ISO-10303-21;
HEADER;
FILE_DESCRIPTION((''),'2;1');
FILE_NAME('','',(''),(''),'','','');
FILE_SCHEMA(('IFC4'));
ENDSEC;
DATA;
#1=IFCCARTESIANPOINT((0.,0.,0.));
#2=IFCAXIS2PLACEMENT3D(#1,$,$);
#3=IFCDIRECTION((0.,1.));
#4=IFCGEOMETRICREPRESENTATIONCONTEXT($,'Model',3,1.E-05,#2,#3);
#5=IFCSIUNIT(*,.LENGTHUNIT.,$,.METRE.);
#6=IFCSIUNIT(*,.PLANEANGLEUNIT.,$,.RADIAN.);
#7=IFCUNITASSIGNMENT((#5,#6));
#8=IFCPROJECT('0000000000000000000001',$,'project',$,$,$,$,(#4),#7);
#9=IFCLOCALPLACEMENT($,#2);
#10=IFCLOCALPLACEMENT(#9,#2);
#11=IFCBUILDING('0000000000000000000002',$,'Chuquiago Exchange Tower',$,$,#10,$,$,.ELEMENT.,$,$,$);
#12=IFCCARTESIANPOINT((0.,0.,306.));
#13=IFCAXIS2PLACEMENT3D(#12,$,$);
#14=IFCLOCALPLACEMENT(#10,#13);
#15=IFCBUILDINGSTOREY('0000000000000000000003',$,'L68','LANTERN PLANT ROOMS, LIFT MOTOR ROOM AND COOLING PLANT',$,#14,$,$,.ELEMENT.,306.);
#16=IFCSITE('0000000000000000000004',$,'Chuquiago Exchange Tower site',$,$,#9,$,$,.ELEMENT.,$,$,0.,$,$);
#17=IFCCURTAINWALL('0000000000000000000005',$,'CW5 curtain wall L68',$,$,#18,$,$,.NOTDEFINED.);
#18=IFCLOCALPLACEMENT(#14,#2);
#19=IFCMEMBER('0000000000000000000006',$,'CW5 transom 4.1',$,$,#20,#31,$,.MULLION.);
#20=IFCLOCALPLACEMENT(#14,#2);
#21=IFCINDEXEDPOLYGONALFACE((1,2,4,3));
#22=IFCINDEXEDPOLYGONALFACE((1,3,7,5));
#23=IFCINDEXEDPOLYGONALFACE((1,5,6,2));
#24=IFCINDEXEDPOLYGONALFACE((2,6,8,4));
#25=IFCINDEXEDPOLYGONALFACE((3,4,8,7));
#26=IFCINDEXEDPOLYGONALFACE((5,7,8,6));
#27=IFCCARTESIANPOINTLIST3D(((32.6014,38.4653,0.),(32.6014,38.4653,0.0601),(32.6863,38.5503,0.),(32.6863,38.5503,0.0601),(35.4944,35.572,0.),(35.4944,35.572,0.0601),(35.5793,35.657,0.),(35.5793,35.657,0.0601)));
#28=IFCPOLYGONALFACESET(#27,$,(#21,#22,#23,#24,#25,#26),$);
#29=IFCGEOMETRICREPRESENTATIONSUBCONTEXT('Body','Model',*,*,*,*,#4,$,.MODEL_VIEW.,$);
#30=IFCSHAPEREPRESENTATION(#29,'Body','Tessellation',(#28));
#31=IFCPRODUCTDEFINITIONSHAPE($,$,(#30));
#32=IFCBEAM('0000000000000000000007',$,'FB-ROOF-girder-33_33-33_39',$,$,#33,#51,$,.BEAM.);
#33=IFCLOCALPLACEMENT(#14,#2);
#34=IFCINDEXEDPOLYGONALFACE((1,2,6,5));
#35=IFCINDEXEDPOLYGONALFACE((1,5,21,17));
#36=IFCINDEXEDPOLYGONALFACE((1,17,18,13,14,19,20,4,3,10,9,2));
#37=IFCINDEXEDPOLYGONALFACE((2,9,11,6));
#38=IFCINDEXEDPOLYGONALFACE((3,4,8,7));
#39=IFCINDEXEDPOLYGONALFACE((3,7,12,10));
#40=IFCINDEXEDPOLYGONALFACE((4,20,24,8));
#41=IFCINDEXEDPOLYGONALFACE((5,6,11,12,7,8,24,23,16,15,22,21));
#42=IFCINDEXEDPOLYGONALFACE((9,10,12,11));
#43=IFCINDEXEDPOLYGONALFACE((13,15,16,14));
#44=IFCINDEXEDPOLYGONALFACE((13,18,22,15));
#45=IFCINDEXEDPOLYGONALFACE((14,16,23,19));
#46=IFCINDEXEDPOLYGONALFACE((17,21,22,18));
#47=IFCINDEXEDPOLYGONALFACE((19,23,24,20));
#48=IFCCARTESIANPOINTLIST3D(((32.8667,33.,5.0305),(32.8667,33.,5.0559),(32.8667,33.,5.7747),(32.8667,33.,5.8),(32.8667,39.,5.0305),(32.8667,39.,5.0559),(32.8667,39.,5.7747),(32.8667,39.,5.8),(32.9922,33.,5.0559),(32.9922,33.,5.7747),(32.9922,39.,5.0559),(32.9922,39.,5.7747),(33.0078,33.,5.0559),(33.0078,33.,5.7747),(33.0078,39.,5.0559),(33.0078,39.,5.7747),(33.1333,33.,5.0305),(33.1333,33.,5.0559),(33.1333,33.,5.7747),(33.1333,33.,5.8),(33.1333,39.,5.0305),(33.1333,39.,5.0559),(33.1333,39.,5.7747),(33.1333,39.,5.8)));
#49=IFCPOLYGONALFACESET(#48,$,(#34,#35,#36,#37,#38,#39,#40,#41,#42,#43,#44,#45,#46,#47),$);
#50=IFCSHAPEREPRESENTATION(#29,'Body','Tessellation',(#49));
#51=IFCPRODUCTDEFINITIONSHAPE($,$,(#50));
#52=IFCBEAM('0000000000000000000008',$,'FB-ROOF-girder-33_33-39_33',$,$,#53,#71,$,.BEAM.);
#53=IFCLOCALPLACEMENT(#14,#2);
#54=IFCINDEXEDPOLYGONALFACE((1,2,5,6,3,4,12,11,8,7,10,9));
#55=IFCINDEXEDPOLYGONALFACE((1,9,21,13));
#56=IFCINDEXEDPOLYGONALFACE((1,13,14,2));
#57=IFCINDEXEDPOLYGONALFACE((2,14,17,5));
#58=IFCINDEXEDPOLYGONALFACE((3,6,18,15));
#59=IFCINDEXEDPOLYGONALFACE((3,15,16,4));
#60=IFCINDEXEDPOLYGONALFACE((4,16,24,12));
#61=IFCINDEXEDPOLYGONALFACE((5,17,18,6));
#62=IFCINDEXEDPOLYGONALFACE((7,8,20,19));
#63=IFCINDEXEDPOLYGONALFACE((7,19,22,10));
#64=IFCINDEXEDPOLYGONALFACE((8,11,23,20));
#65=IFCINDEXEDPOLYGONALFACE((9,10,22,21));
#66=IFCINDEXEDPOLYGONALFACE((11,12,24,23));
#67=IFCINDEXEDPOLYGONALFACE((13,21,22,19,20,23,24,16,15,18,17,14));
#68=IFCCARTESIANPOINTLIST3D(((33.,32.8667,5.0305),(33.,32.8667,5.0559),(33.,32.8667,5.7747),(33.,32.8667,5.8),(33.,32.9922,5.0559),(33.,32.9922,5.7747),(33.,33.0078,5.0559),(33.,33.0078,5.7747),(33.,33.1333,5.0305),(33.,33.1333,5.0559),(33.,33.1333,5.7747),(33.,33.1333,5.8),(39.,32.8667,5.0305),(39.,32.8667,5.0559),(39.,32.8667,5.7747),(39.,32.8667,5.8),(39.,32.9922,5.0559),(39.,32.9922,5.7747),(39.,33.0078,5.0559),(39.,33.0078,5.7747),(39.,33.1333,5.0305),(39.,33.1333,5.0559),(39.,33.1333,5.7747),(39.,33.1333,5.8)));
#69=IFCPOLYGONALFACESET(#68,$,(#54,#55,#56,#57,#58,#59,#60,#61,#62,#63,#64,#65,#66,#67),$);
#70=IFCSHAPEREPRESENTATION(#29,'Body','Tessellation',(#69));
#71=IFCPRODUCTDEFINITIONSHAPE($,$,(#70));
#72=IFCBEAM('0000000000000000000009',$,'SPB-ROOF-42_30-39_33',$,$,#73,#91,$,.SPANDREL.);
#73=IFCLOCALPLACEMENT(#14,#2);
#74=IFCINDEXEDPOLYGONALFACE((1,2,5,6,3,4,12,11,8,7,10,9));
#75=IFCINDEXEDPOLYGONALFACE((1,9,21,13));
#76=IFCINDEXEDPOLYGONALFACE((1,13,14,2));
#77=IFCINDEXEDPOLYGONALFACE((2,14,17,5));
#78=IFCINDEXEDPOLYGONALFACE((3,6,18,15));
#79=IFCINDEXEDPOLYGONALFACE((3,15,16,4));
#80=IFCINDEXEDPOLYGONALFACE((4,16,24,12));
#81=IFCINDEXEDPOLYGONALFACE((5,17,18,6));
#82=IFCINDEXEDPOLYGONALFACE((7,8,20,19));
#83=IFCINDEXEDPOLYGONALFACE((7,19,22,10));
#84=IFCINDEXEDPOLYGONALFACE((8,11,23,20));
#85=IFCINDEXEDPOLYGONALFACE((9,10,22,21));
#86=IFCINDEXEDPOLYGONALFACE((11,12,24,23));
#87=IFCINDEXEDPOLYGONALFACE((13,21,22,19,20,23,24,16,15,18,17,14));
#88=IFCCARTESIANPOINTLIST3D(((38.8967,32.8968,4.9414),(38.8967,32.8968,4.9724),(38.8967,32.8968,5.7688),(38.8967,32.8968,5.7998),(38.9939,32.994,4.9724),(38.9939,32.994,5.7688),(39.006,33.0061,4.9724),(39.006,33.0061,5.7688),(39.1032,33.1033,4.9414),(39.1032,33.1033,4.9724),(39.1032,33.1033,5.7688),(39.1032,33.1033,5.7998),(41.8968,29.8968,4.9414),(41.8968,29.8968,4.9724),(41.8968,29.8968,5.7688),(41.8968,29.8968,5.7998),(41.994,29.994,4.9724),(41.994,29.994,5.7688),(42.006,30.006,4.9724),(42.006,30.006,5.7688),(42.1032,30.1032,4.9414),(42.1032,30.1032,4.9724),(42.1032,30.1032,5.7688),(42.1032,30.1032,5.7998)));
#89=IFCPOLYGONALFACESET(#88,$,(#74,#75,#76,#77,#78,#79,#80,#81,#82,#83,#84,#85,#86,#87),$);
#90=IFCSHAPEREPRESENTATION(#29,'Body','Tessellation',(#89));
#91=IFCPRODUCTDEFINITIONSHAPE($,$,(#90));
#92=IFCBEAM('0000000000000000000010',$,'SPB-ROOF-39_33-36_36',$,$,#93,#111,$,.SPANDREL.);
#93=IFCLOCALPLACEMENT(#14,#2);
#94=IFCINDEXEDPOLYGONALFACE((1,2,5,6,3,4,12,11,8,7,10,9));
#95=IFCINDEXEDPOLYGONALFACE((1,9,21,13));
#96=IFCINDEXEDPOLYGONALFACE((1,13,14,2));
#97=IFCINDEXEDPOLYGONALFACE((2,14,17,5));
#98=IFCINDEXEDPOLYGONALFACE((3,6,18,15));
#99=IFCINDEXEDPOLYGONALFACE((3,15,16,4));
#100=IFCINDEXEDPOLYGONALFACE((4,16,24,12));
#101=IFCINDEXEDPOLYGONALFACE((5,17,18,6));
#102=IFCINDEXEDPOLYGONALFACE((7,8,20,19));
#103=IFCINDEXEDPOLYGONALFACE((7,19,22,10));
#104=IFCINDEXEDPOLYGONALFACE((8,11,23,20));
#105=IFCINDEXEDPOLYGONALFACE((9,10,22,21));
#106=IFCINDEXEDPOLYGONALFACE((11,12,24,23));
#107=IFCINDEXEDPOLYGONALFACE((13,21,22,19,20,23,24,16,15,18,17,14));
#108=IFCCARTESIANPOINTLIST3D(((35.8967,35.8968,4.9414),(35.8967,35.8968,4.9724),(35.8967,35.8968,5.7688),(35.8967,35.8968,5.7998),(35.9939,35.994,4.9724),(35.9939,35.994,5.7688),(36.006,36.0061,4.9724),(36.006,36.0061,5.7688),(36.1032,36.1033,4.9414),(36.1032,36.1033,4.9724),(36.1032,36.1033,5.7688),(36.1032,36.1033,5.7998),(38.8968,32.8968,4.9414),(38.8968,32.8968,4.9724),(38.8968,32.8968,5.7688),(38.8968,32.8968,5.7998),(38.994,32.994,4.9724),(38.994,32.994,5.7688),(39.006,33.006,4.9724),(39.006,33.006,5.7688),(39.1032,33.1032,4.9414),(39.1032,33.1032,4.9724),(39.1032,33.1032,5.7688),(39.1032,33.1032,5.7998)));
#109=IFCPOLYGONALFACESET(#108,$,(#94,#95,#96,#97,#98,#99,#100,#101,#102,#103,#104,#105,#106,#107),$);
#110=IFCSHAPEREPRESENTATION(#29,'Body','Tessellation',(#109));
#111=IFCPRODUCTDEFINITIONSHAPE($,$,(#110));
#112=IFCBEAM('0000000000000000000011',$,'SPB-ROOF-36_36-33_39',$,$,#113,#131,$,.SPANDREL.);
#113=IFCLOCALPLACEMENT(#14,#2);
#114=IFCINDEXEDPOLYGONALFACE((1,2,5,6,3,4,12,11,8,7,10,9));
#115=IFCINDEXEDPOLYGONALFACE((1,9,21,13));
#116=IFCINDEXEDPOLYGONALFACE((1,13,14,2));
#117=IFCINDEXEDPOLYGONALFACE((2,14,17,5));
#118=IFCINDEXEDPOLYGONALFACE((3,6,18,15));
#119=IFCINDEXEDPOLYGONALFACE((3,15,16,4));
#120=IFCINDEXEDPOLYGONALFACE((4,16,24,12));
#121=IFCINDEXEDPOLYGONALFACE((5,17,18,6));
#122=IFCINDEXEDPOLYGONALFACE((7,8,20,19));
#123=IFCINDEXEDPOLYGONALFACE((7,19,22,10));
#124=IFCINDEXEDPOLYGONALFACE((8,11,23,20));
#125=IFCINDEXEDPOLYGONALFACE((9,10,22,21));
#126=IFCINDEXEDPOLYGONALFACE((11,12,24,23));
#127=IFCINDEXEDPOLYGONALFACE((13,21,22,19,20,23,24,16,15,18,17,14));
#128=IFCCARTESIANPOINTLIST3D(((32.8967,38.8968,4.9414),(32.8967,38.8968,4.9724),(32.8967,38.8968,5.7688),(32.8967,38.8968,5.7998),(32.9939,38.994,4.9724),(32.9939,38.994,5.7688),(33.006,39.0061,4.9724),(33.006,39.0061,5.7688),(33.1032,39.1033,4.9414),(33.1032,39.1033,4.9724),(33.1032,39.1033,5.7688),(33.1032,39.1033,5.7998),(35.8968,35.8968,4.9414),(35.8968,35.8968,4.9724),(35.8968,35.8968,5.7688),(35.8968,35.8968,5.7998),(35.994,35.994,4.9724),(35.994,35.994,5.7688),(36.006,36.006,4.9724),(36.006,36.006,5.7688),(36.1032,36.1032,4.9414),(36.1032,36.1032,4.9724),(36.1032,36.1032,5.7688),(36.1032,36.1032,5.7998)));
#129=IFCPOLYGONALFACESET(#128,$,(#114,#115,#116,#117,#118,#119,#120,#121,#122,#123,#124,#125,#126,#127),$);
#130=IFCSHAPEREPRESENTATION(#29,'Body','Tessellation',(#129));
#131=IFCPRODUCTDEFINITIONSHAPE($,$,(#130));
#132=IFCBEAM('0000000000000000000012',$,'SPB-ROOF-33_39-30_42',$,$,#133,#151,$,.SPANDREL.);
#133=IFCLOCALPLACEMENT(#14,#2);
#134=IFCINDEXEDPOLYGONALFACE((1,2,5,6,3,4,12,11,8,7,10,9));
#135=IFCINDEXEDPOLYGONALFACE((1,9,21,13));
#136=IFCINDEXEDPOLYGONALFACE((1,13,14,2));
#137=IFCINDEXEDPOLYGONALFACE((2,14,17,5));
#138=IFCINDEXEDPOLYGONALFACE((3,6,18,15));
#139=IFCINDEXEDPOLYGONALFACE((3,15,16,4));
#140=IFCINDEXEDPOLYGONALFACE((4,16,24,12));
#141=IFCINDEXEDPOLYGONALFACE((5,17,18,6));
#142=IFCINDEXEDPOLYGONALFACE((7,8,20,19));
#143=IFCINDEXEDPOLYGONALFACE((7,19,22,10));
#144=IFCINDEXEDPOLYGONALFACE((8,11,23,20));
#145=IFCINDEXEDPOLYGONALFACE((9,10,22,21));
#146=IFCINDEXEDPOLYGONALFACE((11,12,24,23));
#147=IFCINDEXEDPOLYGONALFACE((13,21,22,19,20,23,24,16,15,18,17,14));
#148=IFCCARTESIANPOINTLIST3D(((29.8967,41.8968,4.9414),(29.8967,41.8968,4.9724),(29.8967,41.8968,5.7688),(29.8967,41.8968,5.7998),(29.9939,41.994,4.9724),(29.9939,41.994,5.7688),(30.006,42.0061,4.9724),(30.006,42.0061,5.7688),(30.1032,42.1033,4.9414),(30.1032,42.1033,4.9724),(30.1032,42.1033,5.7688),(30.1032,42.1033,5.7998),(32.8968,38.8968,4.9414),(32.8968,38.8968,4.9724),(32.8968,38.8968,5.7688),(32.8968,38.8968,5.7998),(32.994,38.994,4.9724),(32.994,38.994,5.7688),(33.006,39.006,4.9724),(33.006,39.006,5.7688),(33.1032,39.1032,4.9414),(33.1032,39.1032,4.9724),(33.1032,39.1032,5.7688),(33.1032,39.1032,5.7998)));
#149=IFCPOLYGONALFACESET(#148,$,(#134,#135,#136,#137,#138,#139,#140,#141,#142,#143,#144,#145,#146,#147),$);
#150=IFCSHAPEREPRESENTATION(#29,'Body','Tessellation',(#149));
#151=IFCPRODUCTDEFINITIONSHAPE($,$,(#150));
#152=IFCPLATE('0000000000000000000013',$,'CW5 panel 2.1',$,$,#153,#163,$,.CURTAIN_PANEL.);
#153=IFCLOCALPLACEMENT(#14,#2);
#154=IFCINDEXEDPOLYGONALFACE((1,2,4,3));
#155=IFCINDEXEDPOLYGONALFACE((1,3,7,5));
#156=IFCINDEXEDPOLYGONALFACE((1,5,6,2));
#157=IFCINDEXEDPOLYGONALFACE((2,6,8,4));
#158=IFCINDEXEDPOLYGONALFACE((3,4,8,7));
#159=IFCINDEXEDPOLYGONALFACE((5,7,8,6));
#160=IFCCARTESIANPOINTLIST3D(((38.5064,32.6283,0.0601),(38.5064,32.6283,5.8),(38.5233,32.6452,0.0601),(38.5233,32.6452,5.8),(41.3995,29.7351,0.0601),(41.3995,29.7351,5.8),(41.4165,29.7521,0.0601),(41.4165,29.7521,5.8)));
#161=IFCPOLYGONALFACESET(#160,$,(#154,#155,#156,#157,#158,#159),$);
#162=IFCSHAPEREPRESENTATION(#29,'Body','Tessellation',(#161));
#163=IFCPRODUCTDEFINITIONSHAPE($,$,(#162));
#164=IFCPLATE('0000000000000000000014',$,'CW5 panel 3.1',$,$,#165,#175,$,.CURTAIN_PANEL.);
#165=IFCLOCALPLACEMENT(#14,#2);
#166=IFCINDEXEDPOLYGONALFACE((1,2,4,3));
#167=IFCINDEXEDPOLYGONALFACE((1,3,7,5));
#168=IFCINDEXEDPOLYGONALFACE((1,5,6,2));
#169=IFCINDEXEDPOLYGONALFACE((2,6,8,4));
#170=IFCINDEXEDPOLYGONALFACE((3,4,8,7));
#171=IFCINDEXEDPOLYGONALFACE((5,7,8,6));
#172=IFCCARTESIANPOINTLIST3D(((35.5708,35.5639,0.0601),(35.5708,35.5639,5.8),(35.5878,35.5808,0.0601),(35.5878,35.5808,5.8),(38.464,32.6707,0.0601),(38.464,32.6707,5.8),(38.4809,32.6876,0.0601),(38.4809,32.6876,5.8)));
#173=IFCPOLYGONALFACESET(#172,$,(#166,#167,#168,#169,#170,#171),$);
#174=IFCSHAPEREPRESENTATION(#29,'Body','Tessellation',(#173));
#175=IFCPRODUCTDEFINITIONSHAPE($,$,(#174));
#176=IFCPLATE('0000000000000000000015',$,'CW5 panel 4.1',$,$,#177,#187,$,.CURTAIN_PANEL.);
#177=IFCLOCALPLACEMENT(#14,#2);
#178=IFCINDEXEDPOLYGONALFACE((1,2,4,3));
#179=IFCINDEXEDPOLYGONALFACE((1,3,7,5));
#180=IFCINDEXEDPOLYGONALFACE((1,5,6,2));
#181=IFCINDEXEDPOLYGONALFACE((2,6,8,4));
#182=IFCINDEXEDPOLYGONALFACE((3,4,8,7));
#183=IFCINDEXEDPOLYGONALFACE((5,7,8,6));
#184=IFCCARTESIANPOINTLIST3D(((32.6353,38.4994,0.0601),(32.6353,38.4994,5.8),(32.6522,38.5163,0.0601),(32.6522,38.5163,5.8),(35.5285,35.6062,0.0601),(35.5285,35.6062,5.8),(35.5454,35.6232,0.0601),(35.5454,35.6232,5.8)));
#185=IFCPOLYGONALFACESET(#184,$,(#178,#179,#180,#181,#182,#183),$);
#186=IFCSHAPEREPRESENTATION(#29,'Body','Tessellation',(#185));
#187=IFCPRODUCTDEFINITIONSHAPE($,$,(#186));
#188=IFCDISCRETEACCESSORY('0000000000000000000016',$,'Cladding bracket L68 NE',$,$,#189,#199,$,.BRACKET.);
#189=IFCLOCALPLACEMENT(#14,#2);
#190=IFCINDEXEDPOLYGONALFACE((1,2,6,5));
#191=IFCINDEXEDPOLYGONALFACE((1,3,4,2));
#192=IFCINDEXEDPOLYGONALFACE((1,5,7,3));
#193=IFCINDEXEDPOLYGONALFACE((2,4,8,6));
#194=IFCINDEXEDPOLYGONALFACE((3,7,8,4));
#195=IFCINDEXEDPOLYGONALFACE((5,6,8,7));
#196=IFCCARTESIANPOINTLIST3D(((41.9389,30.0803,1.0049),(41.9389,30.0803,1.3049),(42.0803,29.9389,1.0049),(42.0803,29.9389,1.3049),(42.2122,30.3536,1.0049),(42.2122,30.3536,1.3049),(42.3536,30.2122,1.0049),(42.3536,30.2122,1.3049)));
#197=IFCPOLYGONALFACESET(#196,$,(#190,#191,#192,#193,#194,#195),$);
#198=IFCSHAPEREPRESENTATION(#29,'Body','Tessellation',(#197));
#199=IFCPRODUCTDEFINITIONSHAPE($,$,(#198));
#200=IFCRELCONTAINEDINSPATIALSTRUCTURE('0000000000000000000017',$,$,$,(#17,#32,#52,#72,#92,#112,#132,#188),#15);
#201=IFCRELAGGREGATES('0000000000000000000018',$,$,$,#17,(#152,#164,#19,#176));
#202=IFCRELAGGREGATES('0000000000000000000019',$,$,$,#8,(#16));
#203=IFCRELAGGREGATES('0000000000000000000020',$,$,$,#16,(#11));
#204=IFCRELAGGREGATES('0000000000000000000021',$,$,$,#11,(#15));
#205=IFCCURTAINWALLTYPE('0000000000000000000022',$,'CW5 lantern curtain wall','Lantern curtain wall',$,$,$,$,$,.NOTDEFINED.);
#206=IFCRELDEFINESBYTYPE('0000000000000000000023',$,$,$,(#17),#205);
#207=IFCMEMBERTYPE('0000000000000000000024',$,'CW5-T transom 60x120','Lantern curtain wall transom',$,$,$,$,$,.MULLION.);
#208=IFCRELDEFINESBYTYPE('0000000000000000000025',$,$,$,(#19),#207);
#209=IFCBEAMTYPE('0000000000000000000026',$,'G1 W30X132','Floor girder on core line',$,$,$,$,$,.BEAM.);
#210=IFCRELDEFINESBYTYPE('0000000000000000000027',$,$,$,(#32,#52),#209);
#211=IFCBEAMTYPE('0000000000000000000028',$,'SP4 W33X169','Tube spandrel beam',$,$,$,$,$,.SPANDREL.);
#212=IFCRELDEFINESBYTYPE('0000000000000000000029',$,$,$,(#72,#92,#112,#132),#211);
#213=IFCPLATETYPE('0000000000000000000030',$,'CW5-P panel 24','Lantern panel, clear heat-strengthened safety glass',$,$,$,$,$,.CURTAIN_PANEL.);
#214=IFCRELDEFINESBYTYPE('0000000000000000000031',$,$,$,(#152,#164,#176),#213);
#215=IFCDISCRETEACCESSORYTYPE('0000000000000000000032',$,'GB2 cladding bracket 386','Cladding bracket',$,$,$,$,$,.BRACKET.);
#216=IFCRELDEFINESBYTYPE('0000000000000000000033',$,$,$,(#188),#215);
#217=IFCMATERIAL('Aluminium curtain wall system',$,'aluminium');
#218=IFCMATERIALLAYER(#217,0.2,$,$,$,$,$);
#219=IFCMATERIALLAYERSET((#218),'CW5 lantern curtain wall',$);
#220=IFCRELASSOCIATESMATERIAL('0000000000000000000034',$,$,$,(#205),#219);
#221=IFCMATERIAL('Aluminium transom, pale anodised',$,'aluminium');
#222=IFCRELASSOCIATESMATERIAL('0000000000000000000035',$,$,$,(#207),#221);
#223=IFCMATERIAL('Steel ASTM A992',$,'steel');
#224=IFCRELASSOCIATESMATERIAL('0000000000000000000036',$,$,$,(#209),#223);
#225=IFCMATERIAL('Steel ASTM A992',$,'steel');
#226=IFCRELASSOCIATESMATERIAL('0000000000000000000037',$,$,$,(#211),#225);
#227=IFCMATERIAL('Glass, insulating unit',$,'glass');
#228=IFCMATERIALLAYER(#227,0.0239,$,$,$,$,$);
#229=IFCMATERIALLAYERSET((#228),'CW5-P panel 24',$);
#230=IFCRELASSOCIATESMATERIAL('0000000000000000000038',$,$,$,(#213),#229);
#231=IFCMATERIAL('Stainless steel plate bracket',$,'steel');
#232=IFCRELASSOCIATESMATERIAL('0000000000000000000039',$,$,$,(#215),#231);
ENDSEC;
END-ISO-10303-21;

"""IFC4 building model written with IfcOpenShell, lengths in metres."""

from ifc_helpers import new_model, si_unit, direction, frame, origin, origin_2d, place, context, subcontext, project, spatial, rectangle, i_section, extrude, material, layer, layer_set, material_profile, profile_set, type_object, element, aggregate, save


model = new_model("IFC4")

# Units and contexts
model_context = context("Model", 3, precision=1e-05, world=origin(), true_north=direction((0.0, 1.0)))
body_context = subcontext(model_context, "Body", "Model", "MODEL_VIEW")
ifc_project = project(units=[si_unit("LENGTHUNIT", "METRE"), si_unit("PLANEANGLEUNIT", "RADIAN")], contexts=[model_context])

# Site, building, storey
site_placement = place(None, origin())
site = spatial("IfcSite", under=ifc_project, at=site_placement, Name="Chuquiago Exchange Tower site", CompositionType="ELEMENT", RefElevation=0.0)
building_placement = place(site_placement, origin())
building = spatial("IfcBuilding", under=site, at=building_placement, Name="Chuquiago Exchange Tower", CompositionType="ELEMENT")
storey_placement = place(building_placement, frame((0.0, 0.0, 306.0)))
storey = spatial("IfcBuildingStorey", under=building, at=storey_placement, Name="L68", Description="LANTERN PLANT ROOMS, LIFT MOTOR ROOM AND COOLING PLANT", CompositionType="ELEMENT", Elevation=306.0)

# Curtain wall, member
ifc_material_1 = material(Name="Aluminium curtain wall system", Category="aluminium")
ifc_layer_1 = layer(ifc_material_1, 0.2)
ifc_layer_set_1 = layer_set([ifc_layer_1], Name="CW5 lantern curtain wall")
curtain_wall_type = type_object("IfcCurtainWallType", Name="CW5 lantern curtain wall", Description="Lantern curtain wall", PredefinedType="NOTDEFINED", material=ifc_layer_set_1)
curtain_wall_placement = place(storey_placement, origin())
curtain_wall = element("IfcCurtainWall", 1, at=curtain_wall_placement, inside=storey, type_object=curtain_wall_type, Name="CW5 curtain wall L68", PredefinedType="NOTDEFINED")
ifc_material_2 = material(Name="Aluminium transom, pale anodised", Category="aluminium")
ifc_material_profile_1 = material_profile(ifc_material_2, rectangle(XDim=0.1201, YDim=0.0601, at=origin_2d()), Name="AL 120x60")
ifc_profile_set_1 = profile_set([ifc_material_profile_1], Name="Aluminium transom, pale anodised")
member_type_1 = type_object("IfcMemberType", Name="CW5-T transom 60x120", Description="Lantern curtain wall transom", PredefinedType="MULLION", material=ifc_profile_set_1)
member_1_placement = place(storey_placement, frame((35.5369, 35.6145, 0.03), z_axis=(-0.707077, 0.707137, 0.0), x_axis=(-0.707137, -0.707077, 0.0)))
member_1 = element("IfcMember", 2, at=member_1_placement, type_object=member_type_1, Name="CW5 transom 4.1", PredefinedType="MULLION", context=body_context, shape_type="SweptSolid", body=[
    extrude(rectangle(XDim=0.1201, YDim=0.0601, at=origin_2d()), origin(), (0.0, 0.0, 1.0), 4.0916),
])

# Beams
ifc_material_3 = material(Name="Steel ASTM A992", Category="steel")
ifc_material_profile_2 = material_profile(ifc_material_3, i_section(OverallWidth=0.2666, OverallDepth=0.7695, WebThickness=0.0156, FlangeThickness=0.0254, at=origin_2d()), Name="W30X132")
ifc_profile_set_2 = profile_set([ifc_material_profile_2], Name="Steel ASTM A992")
beam_type_1 = type_object("IfcBeamType", Name="G1 W30X132", Description="Floor girder on core line", PredefinedType="BEAM", material=ifc_profile_set_2)
for number, where, z_axis, x_axis, name in (
    (3, (33.0, 33.0, 5.4153), (0.0, 1.0, 0.0), (-1.0, 0.0, 0.0), "FB-ROOF-girder-33_33-33_39"),
    (4, (33.0, 33.0, 5.4153), (1.0, 0.0, 0.0), (0.0, 1.0, 0.0), "FB-ROOF-girder-33_33-39_33"),
):
    element("IfcBeam", number, at=place(storey_placement, frame(where, z_axis=z_axis, x_axis=x_axis)), inside=storey, type_object=beam_type_1, Name=name, PredefinedType="BEAM", context=body_context, shape_type="SweptSolid", body=[
        extrude(i_section(OverallWidth=0.2666, OverallDepth=0.7695, WebThickness=0.0156, FlangeThickness=0.0254, at=origin_2d()), origin(), (0.0, 0.0, 1.0), 6.0),
    ])
ifc_material_4 = material(Name="Steel ASTM A992", Category="steel")
ifc_material_profile_3 = material_profile(ifc_material_4, i_section(OverallWidth=0.292, OverallDepth=0.8584, WebThickness=0.0171, FlangeThickness=0.031, at=origin_2d()), Name="W33X169")
ifc_profile_set_3 = profile_set([ifc_material_profile_3], Name="Steel ASTM A992")
beam_type_2 = type_object("IfcBeamType", Name="SP4 W33X169", Description="Tube spandrel beam", PredefinedType="SPANDREL", material=ifc_profile_set_3)
for number, where, z_axis, x_axis, name in (
    (5, (42.0, 30.0, 5.3706), (-0.707107, 0.707107, 0.0), (-0.707107, -0.707107, 0.0), "SPB-ROOF-42_30-39_33"),
    (6, (39.0, 33.0, 5.3706), (-0.707107, 0.707107, 0.0), (-0.707107, -0.707107, 0.0), "SPB-ROOF-39_33-36_36"),
    (7, (36.0, 36.0, 5.3706), (-0.707107, 0.707107, 0.0), (-0.707107, -0.707107, 0.0), "SPB-ROOF-36_36-33_39"),
    (8, (33.0, 39.0, 5.3706), (-0.707107, 0.707107, 0.0), (-0.707107, -0.707107, 0.0), "SPB-ROOF-33_39-30_42"),
):
    element("IfcBeam", number, at=place(storey_placement, frame(where, z_axis=z_axis, x_axis=x_axis)), inside=storey, type_object=beam_type_2, Name=name, PredefinedType="SPANDREL", context=body_context, shape_type="SweptSolid", body=[
        extrude(i_section(OverallWidth=0.292, OverallDepth=0.8584, WebThickness=0.0171, FlangeThickness=0.031, at=origin_2d()), origin(), (0.0, 0.0, 1.0), 4.2427),
    ])

# Plates
ifc_material_5 = material(Name="Glass, insulating unit", Category="glass")
ifc_layer_2 = layer(ifc_material_5, 0.0239)
ifc_layer_set_2 = layer_set([ifc_layer_2], Name="CW5-P panel 24")
plate_type = type_object("IfcPlateType", Name="CW5-P panel 24", Description="Lantern panel, clear heat-strengthened safety glass", PredefinedType="CURTAIN_PANEL", material=ifc_layer_set_2)
plate_1_placement = place(storey_placement, frame((39.9614, 31.1902, 0.0601), z_axis=(0.0, 0.0, 1.0), x_axis=(-0.707105, 0.707109, 0.0)))
plate_1 = element("IfcPlate", 9, at=plate_1_placement, type_object=plate_type, Name="CW5 panel 2.1", PredefinedType="CURTAIN_PANEL", context=body_context, shape_type="SweptSolid", body=[
    extrude(rectangle(XDim=4.0916, YDim=0.0239, at=origin_2d()), origin(), (0.0, 0.0, 1.0), 5.74),
])
plate_2_placement = place(storey_placement, frame((37.0259, 34.1257, 0.0601), z_axis=(0.0, 0.0, 1.0), x_axis=(-0.707105, 0.707109, 0.0)))
plate_2 = element("IfcPlate", 10, at=plate_2_placement, type_object=plate_type, Name="CW5 panel 3.1", PredefinedType="CURTAIN_PANEL", context=body_context, shape_type="SweptSolid", body=[
    extrude(rectangle(XDim=4.0916, YDim=0.0239, at=origin_2d()), origin(), (0.0, 0.0, 1.0), 5.74),
])
plate_3_placement = place(storey_placement, frame((34.0903, 37.0613, 0.0601), z_axis=(0.0, 0.0, 1.0), x_axis=(-0.707105, 0.707109, 0.0)))
plate_3 = element("IfcPlate", 11, at=plate_3_placement, type_object=plate_type, Name="CW5 panel 4.1", PredefinedType="CURTAIN_PANEL", context=body_context, shape_type="SweptSolid", body=[
    extrude(rectangle(XDim=4.0916, YDim=0.0239, at=origin_2d()), origin(), (0.0, 0.0, 1.0), 5.74),
])
aggregate(curtain_wall, [plate_1, plate_2, member_1, plate_3])

# Discrete accessory
ifc_material_6 = material(Name="Stainless steel plate bracket", Category="steel")
discrete_accessory_type = type_object("IfcDiscreteAccessoryType", Name="GB2 cladding bracket 386", Description="Cladding bracket", PredefinedType="BRACKET", material=ifc_material_6)
for number, where, z_axis, x_axis, name in (
    (12, (42.1462, 30.1462, 1.0049), (0.0, 0.0, 1.0), (-0.707107, 0.707107, 0.0), "Cladding bracket L68 NE"),
):
    element("IfcDiscreteAccessory", number, at=place(storey_placement, frame(where, z_axis=z_axis, x_axis=x_axis)), inside=storey, type_object=discrete_accessory_type, Name=name, PredefinedType="BRACKET", context=body_context, shape_type="SweptSolid", body=[
        extrude(rectangle(XDim=0.2, YDim=0.3865, at=origin_2d()), origin(), (0.0, 0.0, 1.0), 0.3),
    ])

save(model, "model.ifc")
